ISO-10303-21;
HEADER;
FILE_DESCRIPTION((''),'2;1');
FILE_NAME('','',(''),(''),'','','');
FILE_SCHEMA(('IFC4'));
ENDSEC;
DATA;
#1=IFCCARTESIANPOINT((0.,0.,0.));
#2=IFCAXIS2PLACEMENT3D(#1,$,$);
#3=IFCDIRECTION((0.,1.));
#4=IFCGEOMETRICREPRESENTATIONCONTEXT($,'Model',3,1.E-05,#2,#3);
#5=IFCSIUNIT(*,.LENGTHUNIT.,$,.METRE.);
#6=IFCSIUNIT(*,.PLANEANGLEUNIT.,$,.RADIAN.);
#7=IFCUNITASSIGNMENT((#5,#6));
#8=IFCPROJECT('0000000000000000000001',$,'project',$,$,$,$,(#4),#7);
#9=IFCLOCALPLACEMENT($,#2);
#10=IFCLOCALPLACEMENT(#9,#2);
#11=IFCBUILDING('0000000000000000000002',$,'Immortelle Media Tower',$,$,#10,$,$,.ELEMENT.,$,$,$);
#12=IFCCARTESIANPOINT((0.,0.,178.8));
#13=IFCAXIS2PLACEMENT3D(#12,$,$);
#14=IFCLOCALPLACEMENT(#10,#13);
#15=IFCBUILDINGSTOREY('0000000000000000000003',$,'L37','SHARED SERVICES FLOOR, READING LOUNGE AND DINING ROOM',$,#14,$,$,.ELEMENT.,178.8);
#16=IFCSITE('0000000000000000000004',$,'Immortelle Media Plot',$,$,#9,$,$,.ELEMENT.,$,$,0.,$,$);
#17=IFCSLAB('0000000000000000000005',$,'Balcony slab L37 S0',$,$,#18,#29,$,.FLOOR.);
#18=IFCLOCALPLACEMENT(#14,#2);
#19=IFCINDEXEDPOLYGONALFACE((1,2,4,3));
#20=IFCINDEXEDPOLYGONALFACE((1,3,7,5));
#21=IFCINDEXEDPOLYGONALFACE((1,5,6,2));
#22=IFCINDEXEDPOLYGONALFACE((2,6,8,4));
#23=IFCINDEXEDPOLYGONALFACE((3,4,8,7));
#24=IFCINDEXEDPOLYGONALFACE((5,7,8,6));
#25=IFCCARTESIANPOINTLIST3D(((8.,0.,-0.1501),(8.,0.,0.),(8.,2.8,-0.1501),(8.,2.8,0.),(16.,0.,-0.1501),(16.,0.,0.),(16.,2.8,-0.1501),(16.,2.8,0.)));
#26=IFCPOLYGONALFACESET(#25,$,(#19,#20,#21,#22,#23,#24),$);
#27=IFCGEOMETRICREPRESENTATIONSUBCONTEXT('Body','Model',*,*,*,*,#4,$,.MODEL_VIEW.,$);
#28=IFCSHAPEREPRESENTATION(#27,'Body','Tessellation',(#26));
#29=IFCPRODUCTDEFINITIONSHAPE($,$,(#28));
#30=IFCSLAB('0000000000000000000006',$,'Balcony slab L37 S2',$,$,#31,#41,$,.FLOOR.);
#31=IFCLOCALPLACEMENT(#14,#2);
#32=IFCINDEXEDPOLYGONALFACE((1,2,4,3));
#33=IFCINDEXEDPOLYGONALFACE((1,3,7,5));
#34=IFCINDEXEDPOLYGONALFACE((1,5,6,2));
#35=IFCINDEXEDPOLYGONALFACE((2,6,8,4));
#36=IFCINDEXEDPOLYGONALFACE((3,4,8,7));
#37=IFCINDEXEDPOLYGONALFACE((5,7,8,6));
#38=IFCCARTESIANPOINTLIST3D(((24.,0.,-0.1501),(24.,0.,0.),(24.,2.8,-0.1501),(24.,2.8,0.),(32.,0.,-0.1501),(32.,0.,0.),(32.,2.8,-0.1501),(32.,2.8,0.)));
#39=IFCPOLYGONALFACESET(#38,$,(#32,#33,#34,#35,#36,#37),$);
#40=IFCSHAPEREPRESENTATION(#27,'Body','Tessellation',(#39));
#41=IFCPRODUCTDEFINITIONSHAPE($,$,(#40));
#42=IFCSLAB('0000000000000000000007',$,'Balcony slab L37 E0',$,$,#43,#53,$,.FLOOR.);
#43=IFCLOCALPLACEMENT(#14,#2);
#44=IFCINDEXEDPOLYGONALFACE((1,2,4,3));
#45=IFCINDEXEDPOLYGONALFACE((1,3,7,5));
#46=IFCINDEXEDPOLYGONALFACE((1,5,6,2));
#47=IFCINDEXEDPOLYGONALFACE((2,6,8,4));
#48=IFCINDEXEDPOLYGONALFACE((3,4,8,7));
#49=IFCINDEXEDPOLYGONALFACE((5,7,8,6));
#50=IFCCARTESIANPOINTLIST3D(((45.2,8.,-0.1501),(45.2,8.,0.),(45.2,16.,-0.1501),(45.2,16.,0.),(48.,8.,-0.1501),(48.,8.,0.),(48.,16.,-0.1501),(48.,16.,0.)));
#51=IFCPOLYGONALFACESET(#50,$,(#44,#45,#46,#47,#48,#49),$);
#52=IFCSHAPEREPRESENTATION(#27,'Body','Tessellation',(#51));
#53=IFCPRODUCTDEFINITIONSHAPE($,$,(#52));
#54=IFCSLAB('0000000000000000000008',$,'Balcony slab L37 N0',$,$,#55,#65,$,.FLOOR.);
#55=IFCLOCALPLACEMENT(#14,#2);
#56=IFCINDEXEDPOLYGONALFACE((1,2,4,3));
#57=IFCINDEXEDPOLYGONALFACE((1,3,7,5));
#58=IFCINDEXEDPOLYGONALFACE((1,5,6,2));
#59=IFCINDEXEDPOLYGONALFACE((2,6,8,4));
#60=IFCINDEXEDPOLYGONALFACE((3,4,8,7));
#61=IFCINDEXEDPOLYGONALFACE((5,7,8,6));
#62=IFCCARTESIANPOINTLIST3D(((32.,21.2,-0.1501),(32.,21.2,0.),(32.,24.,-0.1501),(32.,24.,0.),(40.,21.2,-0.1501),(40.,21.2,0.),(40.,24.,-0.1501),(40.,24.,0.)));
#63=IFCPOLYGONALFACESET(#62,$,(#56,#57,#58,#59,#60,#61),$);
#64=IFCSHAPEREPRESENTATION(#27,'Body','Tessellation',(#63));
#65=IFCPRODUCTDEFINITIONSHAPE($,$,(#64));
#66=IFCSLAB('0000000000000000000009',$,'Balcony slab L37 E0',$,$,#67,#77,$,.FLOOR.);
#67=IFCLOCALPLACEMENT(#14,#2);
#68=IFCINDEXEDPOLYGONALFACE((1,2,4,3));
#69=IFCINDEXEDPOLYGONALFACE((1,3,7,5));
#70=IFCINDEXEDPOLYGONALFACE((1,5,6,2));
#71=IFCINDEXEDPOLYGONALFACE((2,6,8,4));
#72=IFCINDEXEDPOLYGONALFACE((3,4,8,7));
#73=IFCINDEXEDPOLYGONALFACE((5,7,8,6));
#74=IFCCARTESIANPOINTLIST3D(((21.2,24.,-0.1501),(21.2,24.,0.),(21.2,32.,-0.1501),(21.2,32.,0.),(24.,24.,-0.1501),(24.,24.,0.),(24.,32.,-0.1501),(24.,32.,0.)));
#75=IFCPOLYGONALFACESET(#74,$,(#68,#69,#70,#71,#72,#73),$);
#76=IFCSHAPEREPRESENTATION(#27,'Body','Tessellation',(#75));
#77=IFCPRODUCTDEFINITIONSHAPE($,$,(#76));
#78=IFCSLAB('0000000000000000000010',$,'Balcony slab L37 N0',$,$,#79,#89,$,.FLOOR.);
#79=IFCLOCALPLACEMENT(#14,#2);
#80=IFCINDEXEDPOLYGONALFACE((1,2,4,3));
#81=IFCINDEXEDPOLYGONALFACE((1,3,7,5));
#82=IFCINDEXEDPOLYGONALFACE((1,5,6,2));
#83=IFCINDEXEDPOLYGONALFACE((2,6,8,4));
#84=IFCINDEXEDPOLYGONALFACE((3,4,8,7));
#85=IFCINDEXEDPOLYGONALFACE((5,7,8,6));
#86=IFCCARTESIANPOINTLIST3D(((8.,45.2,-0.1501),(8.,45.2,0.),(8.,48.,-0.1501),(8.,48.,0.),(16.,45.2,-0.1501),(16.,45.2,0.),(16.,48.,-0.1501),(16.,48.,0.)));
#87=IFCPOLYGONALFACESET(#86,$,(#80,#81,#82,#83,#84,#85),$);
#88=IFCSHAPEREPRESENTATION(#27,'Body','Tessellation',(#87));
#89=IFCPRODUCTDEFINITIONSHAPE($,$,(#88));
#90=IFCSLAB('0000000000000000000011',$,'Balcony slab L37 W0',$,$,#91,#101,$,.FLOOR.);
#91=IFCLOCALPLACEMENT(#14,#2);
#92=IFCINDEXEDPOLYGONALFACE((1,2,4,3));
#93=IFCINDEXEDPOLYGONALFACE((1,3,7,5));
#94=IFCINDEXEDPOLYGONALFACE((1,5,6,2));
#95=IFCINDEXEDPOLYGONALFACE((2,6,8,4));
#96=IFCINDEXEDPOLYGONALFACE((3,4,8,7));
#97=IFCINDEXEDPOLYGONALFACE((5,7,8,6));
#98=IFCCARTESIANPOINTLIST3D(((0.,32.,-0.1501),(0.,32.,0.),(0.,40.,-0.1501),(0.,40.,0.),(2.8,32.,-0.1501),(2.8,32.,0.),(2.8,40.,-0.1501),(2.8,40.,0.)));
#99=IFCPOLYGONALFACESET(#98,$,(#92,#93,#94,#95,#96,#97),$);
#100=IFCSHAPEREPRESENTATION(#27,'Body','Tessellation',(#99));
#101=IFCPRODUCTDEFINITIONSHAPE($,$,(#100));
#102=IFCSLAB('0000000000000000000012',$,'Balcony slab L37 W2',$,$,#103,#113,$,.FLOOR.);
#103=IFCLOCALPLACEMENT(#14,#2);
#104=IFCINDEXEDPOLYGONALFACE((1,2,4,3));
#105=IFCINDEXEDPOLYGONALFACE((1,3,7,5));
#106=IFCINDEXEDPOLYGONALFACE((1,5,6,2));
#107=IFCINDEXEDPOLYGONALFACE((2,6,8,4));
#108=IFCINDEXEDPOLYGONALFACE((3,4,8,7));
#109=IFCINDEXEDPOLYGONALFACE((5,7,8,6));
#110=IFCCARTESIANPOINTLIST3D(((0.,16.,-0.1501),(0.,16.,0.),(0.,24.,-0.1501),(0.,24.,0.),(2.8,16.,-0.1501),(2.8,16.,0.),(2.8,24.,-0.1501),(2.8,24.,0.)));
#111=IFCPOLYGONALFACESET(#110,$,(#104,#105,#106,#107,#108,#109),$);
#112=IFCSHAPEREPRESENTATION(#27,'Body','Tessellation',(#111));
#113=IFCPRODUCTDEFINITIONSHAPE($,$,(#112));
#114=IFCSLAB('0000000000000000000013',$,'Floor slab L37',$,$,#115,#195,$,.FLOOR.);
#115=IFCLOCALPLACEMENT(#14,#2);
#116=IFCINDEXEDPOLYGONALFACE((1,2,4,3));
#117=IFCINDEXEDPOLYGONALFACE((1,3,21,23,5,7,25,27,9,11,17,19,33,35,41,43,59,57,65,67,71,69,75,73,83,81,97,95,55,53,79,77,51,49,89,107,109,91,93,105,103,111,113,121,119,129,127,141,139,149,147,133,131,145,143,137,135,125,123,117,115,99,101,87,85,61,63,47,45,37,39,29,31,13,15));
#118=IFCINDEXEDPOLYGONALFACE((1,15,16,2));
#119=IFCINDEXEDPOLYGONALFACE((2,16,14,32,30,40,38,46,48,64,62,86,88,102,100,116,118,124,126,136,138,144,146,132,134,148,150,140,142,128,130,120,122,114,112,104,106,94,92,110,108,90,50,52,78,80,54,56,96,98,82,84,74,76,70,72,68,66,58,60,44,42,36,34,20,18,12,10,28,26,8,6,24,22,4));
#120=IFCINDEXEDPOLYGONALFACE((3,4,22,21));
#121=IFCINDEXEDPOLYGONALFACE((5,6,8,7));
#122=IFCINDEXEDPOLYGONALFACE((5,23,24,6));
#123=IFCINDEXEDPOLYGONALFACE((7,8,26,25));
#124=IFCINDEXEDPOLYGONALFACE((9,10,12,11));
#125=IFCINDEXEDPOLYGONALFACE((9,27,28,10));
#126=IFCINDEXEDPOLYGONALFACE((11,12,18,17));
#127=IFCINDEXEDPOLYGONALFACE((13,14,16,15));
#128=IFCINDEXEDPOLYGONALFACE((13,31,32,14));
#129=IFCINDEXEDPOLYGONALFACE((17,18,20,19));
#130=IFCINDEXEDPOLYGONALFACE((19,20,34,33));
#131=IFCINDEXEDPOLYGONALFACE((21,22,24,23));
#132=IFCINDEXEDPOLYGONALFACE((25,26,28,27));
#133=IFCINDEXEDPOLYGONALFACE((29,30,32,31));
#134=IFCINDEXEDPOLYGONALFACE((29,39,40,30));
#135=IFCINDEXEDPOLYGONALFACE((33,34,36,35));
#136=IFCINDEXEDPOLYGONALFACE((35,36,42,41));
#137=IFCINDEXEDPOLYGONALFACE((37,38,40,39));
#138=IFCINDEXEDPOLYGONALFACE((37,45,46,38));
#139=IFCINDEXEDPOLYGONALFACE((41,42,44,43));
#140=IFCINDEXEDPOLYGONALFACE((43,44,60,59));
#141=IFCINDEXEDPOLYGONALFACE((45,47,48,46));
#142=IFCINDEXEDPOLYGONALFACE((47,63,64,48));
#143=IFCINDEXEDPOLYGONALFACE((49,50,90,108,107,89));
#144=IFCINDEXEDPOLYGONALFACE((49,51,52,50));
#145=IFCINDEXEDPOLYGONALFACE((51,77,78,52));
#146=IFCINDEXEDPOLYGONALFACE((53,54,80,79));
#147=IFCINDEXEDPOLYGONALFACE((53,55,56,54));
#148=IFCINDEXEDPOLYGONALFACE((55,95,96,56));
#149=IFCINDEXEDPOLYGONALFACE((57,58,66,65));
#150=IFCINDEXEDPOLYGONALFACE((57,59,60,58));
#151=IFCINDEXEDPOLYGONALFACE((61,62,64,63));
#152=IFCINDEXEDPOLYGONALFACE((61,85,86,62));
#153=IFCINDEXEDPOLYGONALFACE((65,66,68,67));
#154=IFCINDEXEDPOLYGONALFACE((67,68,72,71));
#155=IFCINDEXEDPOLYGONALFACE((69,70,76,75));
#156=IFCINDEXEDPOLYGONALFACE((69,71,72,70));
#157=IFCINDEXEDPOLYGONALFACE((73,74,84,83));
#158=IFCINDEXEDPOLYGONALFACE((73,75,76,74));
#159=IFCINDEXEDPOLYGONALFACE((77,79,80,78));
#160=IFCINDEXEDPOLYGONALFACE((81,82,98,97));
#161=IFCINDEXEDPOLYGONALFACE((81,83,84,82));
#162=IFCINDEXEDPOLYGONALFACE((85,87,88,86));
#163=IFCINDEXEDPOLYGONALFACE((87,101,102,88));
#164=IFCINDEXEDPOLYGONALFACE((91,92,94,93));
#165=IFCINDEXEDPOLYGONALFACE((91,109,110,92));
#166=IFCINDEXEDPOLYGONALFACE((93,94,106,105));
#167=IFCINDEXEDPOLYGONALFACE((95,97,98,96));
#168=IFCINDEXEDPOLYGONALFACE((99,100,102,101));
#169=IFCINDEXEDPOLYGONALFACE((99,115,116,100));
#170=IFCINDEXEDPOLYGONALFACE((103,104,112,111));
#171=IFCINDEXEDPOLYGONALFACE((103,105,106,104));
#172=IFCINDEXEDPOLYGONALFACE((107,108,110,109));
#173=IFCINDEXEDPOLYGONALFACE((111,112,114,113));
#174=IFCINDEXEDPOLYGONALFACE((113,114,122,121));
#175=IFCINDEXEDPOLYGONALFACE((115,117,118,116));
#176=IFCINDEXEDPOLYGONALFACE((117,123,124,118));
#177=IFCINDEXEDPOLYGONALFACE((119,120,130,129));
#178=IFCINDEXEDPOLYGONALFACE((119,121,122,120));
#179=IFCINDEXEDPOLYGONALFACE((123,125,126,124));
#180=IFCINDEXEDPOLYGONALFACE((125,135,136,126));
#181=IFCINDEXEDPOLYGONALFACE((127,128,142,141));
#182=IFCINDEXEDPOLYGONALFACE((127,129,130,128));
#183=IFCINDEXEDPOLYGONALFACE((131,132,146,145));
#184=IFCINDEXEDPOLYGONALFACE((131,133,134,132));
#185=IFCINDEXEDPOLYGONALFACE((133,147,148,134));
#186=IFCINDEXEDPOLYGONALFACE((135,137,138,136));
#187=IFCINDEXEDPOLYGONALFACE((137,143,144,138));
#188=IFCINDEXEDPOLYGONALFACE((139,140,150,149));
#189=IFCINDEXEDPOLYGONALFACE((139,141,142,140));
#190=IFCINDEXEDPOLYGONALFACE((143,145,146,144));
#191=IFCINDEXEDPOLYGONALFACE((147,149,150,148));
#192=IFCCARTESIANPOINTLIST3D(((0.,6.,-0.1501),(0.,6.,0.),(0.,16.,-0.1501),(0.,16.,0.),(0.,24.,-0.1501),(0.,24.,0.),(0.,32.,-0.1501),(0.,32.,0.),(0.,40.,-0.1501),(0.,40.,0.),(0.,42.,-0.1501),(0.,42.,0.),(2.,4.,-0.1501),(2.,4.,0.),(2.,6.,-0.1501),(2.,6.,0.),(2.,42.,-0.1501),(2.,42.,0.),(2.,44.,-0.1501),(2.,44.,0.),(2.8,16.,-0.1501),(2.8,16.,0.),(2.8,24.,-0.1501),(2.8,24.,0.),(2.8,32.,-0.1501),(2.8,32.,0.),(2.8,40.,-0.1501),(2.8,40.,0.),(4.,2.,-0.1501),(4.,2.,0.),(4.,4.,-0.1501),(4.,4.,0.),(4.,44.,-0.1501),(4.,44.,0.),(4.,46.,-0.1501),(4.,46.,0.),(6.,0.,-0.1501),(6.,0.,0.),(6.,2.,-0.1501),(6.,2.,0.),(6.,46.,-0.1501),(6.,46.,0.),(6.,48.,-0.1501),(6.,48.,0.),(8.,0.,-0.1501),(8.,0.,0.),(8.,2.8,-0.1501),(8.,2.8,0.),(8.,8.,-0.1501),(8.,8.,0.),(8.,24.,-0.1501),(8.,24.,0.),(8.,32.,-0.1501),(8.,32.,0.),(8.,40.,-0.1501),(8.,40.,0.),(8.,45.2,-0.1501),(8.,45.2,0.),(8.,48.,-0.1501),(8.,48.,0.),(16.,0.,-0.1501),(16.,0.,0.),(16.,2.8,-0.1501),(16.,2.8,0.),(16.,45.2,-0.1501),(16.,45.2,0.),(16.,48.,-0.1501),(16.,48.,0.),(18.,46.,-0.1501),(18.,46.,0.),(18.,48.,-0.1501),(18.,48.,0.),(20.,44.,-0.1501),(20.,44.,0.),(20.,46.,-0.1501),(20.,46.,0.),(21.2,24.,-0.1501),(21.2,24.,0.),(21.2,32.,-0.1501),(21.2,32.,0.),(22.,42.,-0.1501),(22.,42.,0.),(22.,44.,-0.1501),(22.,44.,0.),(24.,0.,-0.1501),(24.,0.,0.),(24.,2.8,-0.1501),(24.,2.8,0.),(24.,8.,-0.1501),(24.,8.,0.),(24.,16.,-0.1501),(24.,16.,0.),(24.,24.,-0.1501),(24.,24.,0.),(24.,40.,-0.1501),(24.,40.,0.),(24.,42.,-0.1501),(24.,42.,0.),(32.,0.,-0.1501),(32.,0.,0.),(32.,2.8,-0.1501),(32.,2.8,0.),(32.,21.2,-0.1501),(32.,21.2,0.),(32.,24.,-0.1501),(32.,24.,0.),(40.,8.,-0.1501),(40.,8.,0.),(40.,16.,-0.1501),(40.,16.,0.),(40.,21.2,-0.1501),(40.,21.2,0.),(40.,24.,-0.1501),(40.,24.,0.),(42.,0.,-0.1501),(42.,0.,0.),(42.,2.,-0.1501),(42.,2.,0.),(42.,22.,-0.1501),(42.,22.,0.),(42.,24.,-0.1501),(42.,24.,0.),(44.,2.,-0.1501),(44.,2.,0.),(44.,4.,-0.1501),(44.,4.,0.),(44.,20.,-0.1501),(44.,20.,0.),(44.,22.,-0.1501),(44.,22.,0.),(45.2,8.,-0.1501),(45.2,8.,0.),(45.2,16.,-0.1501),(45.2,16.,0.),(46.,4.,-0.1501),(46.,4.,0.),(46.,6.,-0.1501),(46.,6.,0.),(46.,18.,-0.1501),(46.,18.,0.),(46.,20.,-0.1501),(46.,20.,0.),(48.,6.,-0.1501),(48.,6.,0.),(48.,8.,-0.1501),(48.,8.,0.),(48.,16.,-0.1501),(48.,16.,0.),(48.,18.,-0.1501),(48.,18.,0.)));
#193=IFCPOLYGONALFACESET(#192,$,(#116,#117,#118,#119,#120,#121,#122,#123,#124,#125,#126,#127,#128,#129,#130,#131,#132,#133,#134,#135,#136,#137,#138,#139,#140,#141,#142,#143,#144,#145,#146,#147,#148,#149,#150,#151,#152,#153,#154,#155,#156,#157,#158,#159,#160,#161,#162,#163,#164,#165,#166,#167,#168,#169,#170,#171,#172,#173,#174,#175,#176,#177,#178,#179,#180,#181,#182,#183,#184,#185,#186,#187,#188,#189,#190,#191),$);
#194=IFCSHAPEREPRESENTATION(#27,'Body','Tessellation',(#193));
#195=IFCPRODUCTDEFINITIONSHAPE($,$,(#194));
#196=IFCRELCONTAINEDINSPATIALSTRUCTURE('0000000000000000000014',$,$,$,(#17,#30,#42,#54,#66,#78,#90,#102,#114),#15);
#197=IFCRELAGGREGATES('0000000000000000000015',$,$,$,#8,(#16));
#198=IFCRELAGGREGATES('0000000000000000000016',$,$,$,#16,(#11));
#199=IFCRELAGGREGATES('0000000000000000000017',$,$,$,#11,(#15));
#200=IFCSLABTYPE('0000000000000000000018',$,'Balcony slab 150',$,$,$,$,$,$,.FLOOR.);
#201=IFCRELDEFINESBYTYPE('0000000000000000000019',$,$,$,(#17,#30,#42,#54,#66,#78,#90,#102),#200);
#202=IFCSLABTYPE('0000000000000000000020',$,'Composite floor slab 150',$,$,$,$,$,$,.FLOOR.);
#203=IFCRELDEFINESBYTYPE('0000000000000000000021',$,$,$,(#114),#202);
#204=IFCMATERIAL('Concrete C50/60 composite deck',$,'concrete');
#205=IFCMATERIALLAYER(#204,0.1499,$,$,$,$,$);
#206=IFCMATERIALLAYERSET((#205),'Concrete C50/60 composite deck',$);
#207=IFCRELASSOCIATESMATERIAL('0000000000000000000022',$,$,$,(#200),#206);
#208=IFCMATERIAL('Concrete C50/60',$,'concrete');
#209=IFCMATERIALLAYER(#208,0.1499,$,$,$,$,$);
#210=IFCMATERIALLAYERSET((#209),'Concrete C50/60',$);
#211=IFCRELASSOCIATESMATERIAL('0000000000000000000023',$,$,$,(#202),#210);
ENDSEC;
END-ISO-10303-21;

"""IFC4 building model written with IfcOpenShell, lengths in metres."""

from ifc_helpers import new_model, si_unit, direction, frame, origin, place, context, subcontext, project, spatial, polyline, outline, extrude, material, layer, layer_set, type_object, element, save


model = new_model("IFC4")

# Units and contexts
model_context = context("Model", 3, precision=1e-05, world=origin(), true_north=direction((0.0, 1.0)))
body_context = subcontext(model_context, "Body", "Model", "MODEL_VIEW")
ifc_project = project(units=[si_unit("LENGTHUNIT", "METRE"), si_unit("PLANEANGLEUNIT", "RADIAN")], contexts=[model_context])

# Site, building, storey
site_placement = place(None, origin())
site = spatial("IfcSite", under=ifc_project, at=site_placement, Name="Immortelle Media Plot", CompositionType="ELEMENT", RefElevation=0.0)
building_placement = place(site_placement, origin())
building = spatial("IfcBuilding", under=site, at=building_placement, Name="Immortelle Media Tower", CompositionType="ELEMENT")
storey_placement = place(building_placement, frame((0.0, 0.0, 178.8)))
storey = spatial("IfcBuildingStorey", under=building, at=storey_placement, Name="L37", Description="SHARED SERVICES FLOOR, READING LOUNGE AND DINING ROOM", CompositionType="ELEMENT", Elevation=178.8)

# Slabs
ifc_material_1 = material(Name="Concrete C50/60 composite deck", Category="concrete")
ifc_layer_1 = layer(ifc_material_1, 0.1499)
ifc_layer_set_1 = layer_set([ifc_layer_1], Name="Concrete C50/60 composite deck")
slab_type_1 = type_object("IfcSlabType", Name="Balcony slab 150", PredefinedType="FLOOR", material=ifc_layer_set_1)
slab_1_placement = place(storey_placement, frame((0.0, 0.0, -0.1501)))
element("IfcSlab", 1, at=slab_1_placement, inside=storey, type_object=slab_type_1, Name="Balcony slab L37 S0", PredefinedType="FLOOR", context=body_context, shape_type="SweptSolid", body=[
    extrude(outline(polyline([(16.0, 0.0), (16.0, 2.8), (8.0, 2.8), (8.0, 0.0), (16.0, 0.0)])), origin(), (0.0, 0.0, 1.0), 0.1501),
])
slab_2_placement = place(storey_placement, frame((0.0, 0.0, -0.1501)))
element("IfcSlab", 2, at=slab_2_placement, inside=storey, type_object=slab_type_1, Name="Balcony slab L37 S2", PredefinedType="FLOOR", context=body_context, shape_type="SweptSolid", body=[
    extrude(outline(polyline([(32.0, 0.0), (32.0, 2.8), (24.0, 2.8), (24.0, 0.0), (32.0, 0.0)])), origin(), (0.0, 0.0, 1.0), 0.1501),
])
slab_3_placement = place(storey_placement, frame((0.0, 0.0, -0.1501)))
element("IfcSlab", 3, at=slab_3_placement, inside=storey, type_object=slab_type_1, Name="Balcony slab L37 E0", PredefinedType="FLOOR", context=body_context, shape_type="SweptSolid", body=[
    extrude(outline(polyline([(48.0, 8.0), (48.0, 16.0), (45.2, 16.0), (45.2, 8.0), (48.0, 8.0)])), origin(), (0.0, 0.0, 1.0), 0.1501),
])
slab_4_placement = place(storey_placement, frame((0.0, 0.0, -0.1501)))
element("IfcSlab", 4, at=slab_4_placement, inside=storey, type_object=slab_type_1, Name="Balcony slab L37 N0", PredefinedType="FLOOR", context=body_context, shape_type="SweptSolid", body=[
    extrude(outline(polyline([(40.0, 21.2), (40.0, 24.0), (32.0, 24.0), (32.0, 21.2), (40.0, 21.2)])), origin(), (0.0, 0.0, 1.0), 0.1501),
])
slab_5_placement = place(storey_placement, frame((0.0, 0.0, -0.1501)))
element("IfcSlab", 5, at=slab_5_placement, inside=storey, type_object=slab_type_1, Name="Balcony slab L37 E0", PredefinedType="FLOOR", context=body_context, shape_type="SweptSolid", body=[
    extrude(outline(polyline([(24.0, 24.0), (24.0, 32.0), (21.2, 32.0), (21.2, 24.0), (24.0, 24.0)])), origin(), (0.0, 0.0, 1.0), 0.1501),
])
slab_6_placement = place(storey_placement, frame((0.0, 0.0, -0.1501)))
element("IfcSlab", 6, at=slab_6_placement, inside=storey, type_object=slab_type_1, Name="Balcony slab L37 N0", PredefinedType="FLOOR", context=body_context, shape_type="SweptSolid", body=[
    extrude(outline(polyline([(16.0, 45.2), (16.0, 48.0), (8.0, 48.0), (8.0, 45.2), (16.0, 45.2)])), origin(), (0.0, 0.0, 1.0), 0.1501),
])
slab_7_placement = place(storey_placement, frame((0.0, 0.0, -0.1501)))
element("IfcSlab", 7, at=slab_7_placement, inside=storey, type_object=slab_type_1, Name="Balcony slab L37 W0", PredefinedType="FLOOR", context=body_context, shape_type="SweptSolid", body=[
    extrude(outline(polyline([(2.8, 32.0), (2.8, 40.0), (0.0, 40.0), (0.0, 32.0), (2.8, 32.0)])), origin(), (0.0, 0.0, 1.0), 0.1501),
])
slab_8_placement = place(storey_placement, frame((0.0, 0.0, -0.1501)))
element("IfcSlab", 8, at=slab_8_placement, inside=storey, type_object=slab_type_1, Name="Balcony slab L37 W2", PredefinedType="FLOOR", context=body_context, shape_type="SweptSolid", body=[
    extrude(outline(polyline([(2.8, 16.0), (2.8, 24.0), (0.0, 24.0), (0.0, 16.0), (2.8, 16.0)])), origin(), (0.0, 0.0, 1.0), 0.1501),
])
ifc_material_2 = material(Name="Concrete C50/60", Category="concrete")
ifc_layer_2 = layer(ifc_material_2, 0.1499)
ifc_layer_set_2 = layer_set([ifc_layer_2], Name="Concrete C50/60")
slab_type_2 = type_object("IfcSlabType", Name="Composite floor slab 150", PredefinedType="FLOOR", material=ifc_layer_set_2)
slab_9_placement = place(storey_placement, frame((0.0, 0.0, -0.1501)))
element("IfcSlab", 9, at=slab_9_placement, inside=storey, type_object=slab_type_2, Name="Floor slab L37", PredefinedType="FLOOR", context=body_context, shape_type="SweptSolid", body=[
    extrude(outline(polyline([(6.0, 0.0), (6.0, 2.0), (4.0, 2.0), (4.0, 4.0), (2.0, 4.0), (2.0, 6.0), (0.0, 6.0), (0.0, 16.0), (2.8, 16.0), (2.8, 24.0), (0.0, 24.0), (0.0, 32.0), (2.8, 32.0), (2.8, 40.0), (0.0, 40.0), (0.0, 42.0), (2.0, 42.0), (2.0, 44.0), (4.0, 44.0), (4.0, 46.0), (6.0, 46.0), (6.0, 48.0), (8.0, 48.0), (8.0, 45.2), (16.0, 45.2), (16.0, 48.0), (18.0, 48.0), (18.0, 46.0), (20.0, 46.0), (20.0, 44.0), (22.0, 44.0), (22.0, 42.0), (24.0, 42.0), (24.0, 40.0), (8.0, 40.0), (8.0, 32.0), (21.2, 32.0), (21.2, 24.0), (8.0, 24.0), (8.0, 8.0), (24.0, 8.0), (40.0, 8.0), (40.0, 16.0), (24.0, 16.0), (24.0, 24.0), (32.0, 24.0), (32.0, 21.2), (40.0, 21.2), (40.0, 24.0), (42.0, 24.0), (42.0, 22.0), (44.0, 22.0), (44.0, 20.0), (46.0, 20.0), (46.0, 18.0), (48.0, 18.0), (48.0, 16.0), (45.2, 16.0), (45.2, 8.0), (48.0, 8.0), (48.0, 6.0), (46.0, 6.0), (46.0, 4.0), (44.0, 4.0), (44.0, 2.0), (42.0, 2.0), (42.0, 0.0), (32.0, 0.0), (32.0, 2.8), (24.0, 2.8), (24.0, 0.0), (16.0, 0.0), (16.0, 2.8), (8.0, 2.8), (8.0, 0.0), (6.0, 0.0)])), origin(), (0.0, 0.0, 1.0), 0.1501),
])

save(model, "model.ifc")
